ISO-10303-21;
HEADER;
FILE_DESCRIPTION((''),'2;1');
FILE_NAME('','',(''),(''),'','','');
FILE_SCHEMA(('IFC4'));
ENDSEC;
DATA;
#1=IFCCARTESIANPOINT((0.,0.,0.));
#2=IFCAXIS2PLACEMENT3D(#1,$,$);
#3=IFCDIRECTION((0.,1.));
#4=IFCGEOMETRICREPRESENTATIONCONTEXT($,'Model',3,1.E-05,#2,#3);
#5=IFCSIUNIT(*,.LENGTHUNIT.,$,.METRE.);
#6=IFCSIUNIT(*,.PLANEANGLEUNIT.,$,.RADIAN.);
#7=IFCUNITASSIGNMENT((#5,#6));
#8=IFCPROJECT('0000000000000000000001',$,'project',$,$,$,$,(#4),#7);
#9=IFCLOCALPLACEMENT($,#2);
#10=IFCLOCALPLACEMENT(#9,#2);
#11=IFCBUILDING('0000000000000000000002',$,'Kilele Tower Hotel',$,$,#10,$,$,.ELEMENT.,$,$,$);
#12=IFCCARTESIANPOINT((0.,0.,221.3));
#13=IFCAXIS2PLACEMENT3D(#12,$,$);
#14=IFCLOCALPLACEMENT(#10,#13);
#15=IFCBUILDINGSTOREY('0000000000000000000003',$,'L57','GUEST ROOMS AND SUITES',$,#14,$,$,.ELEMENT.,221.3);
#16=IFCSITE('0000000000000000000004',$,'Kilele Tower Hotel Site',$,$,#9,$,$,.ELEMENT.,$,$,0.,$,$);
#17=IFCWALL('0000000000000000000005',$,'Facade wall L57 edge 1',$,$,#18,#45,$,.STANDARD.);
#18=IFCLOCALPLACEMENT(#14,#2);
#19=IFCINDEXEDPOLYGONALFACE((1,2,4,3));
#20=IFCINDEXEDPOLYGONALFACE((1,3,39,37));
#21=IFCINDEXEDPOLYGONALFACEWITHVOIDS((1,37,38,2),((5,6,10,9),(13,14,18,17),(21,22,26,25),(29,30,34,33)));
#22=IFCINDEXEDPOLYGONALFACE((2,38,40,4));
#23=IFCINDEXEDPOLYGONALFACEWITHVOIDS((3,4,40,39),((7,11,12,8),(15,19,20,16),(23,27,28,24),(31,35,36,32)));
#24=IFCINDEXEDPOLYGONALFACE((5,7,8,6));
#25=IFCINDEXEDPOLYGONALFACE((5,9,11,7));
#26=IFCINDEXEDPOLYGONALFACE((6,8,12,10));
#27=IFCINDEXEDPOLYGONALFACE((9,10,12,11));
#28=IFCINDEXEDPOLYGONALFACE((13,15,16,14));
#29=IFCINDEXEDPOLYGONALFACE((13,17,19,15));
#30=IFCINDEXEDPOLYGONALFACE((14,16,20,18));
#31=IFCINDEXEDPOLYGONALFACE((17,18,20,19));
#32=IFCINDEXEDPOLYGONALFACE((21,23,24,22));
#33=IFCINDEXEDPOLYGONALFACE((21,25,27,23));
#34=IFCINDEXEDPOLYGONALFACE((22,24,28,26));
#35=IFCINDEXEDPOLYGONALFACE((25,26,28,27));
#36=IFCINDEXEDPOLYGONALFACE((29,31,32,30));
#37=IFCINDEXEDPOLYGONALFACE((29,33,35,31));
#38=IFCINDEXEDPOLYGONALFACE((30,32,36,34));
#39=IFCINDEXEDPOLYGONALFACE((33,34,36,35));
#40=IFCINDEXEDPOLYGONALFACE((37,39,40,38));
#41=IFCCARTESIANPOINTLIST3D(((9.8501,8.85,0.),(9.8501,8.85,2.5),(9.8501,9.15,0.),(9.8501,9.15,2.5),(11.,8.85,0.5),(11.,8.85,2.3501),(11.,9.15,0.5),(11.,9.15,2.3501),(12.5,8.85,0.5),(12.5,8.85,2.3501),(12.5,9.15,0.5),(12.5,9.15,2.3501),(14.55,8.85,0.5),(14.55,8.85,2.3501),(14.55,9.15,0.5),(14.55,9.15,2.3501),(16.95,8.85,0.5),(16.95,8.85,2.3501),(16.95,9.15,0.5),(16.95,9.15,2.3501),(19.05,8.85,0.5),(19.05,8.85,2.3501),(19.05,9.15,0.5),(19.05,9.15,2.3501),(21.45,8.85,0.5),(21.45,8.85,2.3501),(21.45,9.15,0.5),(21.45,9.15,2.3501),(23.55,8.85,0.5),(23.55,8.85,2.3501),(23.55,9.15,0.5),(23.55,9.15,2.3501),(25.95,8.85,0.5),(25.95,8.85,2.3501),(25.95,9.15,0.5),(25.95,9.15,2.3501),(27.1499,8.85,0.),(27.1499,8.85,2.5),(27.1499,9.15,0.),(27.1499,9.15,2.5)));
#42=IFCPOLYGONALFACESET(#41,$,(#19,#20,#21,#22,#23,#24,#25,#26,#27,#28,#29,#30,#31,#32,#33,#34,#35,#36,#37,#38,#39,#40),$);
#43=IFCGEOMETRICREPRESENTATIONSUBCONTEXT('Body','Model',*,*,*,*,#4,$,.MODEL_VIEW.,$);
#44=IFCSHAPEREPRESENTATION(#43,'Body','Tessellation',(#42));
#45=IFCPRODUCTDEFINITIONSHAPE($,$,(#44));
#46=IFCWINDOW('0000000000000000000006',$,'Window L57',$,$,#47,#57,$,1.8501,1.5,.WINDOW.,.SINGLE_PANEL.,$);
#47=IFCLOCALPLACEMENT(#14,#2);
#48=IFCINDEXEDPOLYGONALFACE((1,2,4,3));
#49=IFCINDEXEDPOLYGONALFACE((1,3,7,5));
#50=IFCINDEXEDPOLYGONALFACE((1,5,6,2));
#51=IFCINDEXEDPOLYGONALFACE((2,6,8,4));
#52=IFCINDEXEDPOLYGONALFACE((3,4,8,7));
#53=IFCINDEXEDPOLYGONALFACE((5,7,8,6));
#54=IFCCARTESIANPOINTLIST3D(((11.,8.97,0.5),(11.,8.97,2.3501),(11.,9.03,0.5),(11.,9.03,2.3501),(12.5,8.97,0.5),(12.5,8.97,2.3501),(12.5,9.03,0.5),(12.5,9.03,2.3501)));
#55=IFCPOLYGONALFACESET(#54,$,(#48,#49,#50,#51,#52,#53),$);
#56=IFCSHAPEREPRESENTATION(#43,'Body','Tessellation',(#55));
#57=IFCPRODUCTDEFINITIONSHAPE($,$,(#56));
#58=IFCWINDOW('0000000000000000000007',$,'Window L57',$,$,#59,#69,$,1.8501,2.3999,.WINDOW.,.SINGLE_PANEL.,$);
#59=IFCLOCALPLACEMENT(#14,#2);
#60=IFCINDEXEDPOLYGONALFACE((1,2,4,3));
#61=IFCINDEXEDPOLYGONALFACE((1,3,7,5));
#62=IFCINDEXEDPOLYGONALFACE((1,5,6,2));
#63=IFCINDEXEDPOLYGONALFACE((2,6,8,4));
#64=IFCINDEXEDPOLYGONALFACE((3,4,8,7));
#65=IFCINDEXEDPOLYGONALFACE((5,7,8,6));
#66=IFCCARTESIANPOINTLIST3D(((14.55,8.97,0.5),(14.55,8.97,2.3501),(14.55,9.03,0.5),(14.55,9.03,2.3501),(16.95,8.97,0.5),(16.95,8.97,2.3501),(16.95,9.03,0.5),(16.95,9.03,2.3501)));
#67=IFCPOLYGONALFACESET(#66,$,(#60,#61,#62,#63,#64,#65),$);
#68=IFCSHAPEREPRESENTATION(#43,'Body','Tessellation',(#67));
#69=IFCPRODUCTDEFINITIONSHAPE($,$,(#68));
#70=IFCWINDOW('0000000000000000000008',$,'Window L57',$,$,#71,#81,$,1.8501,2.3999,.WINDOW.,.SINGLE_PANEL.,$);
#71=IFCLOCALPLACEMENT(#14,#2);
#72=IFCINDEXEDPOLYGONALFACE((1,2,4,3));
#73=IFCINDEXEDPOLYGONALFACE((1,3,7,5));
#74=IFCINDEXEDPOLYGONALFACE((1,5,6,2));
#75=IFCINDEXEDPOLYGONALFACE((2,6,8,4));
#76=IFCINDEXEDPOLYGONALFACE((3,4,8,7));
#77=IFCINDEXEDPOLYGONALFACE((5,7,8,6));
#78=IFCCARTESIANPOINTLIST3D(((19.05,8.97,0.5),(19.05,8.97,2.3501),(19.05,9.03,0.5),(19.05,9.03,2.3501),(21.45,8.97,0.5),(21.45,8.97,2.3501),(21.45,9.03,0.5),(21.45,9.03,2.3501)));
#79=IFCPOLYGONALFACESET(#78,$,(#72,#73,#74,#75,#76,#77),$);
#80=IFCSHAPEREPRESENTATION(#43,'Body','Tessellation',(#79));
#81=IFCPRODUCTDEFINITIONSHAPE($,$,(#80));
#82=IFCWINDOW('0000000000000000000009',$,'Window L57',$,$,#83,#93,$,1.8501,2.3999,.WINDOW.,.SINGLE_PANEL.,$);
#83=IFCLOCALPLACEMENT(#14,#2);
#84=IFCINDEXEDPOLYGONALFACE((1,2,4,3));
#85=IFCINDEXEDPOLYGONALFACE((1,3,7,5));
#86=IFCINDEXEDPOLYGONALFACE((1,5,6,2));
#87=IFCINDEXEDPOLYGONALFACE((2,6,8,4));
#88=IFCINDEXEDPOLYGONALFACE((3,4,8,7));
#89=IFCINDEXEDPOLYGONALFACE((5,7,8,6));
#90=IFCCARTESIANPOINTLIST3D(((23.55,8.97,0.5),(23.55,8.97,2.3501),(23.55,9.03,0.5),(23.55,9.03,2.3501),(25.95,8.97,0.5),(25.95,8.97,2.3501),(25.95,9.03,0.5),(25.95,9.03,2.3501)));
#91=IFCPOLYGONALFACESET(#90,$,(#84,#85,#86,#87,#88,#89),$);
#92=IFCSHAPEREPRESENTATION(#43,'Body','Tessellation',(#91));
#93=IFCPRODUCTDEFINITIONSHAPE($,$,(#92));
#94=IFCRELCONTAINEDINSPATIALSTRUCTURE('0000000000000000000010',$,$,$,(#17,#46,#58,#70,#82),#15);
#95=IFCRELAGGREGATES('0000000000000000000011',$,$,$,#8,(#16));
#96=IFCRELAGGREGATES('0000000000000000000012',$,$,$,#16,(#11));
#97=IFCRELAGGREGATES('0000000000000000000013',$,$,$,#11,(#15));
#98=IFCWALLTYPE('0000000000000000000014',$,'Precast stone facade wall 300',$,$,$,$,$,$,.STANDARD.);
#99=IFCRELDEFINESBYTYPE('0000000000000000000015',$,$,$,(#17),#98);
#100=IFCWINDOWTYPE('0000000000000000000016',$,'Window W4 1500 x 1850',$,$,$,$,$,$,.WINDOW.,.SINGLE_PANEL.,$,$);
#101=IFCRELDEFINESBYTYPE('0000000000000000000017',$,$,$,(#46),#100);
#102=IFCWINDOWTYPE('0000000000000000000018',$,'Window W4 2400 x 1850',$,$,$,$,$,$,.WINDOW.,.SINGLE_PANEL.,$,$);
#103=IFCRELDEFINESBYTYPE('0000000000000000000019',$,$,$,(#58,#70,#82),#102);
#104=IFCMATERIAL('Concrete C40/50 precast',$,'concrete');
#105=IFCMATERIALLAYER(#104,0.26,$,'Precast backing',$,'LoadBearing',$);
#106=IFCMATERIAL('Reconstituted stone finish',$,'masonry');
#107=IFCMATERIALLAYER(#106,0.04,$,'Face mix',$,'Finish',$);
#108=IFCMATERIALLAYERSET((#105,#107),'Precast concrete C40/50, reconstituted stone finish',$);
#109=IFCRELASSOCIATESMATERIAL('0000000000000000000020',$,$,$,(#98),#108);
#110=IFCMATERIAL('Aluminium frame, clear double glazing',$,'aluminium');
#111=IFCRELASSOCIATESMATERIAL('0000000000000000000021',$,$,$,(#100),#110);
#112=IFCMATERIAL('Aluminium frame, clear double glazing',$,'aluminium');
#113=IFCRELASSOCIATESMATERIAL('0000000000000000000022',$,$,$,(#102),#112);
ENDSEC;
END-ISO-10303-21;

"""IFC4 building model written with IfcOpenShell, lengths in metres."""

from ifc_helpers import new_model, si_unit, direction, frame, frame_2d, origin, place, context, subcontext, project, spatial, rectangle, extrude, material, layer, layer_set, type_object, element, fill, save


model = new_model("IFC4")

# Units and contexts
model_context = context("Model", 3, precision=1e-05, world=origin(), true_north=direction((0.0, 1.0)))
body_context = subcontext(model_context, "Body", "Model", "MODEL_VIEW")
ifc_project = project(units=[si_unit("LENGTHUNIT", "METRE"), si_unit("PLANEANGLEUNIT", "RADIAN")], contexts=[model_context])

# Site, building, storey
site_placement = place(None, origin())
site = spatial("IfcSite", under=ifc_project, at=site_placement, Name="Kilele Tower Hotel Site", CompositionType="ELEMENT", RefElevation=0.0)
building_placement = place(site_placement, origin())
building = spatial("IfcBuilding", under=site, at=building_placement, Name="Kilele Tower Hotel", CompositionType="ELEMENT")
storey_placement = place(building_placement, frame((0.0, 0.0, 221.3)))
storey = spatial("IfcBuildingStorey", under=building, at=storey_placement, Name="L57", Description="GUEST ROOMS AND SUITES", CompositionType="ELEMENT", Elevation=221.3)

# Wall, openings, windows
ifc_material_1 = material(Name="Concrete C40/50 precast", Category="concrete")
ifc_layer_1 = layer(ifc_material_1, 0.26, Name="Precast backing", Category="LoadBearing")
ifc_material_2 = material(Name="Reconstituted stone finish", Category="masonry")
ifc_layer_2 = layer(ifc_material_2, 0.04, Name="Face mix", Category="Finish")
ifc_layer_set_1 = layer_set([ifc_layer_1, ifc_layer_2], Name="Precast concrete C40/50, reconstituted stone finish")
wall_type = type_object("IfcWallType", Name="Precast stone facade wall 300", PredefinedType="STANDARD", material=ifc_layer_set_1)
wall_placement = place(storey_placement, frame((9.8501, 9.0, 0.0), z_axis=(0.0, 0.0, 1.0), x_axis=(1.0, 0.0, 0.0)))
wall = element("IfcWall", 1, at=wall_placement, inside=storey, type_object=wall_type, Name="Facade wall L57 edge 1", PredefinedType="STANDARD", context=body_context, shape_type="SweptSolid", body=[
    extrude(rectangle(XDim=17.2998, YDim=0.3, at=frame_2d((8.6499, 0.0))), origin(), (0.0, 0.0, 1.0), 2.5),
])
opening_1_placement = place(wall_placement, frame((1.1499, 0.0, 0.5)))
opening_1 = element("IfcOpeningElement", 2, at=opening_1_placement, cuts=wall, PredefinedType="OPENING", context=body_context, shape_type="SweptSolid", body=[
    extrude(rectangle(XDim=1.5, YDim=1.8501, at=frame_2d((0.75, 0.925))), frame((0.0, 0.1599, 0.0), z_axis=(0.0, -1.0, 0.0), x_axis=(1.0, 0.0, 0.0)), (0.0, 0.0, 1.0), 0.3201),
])
opening_2_placement = place(wall_placement, frame((4.7, 0.0, 0.5)))
opening_2 = element("IfcOpeningElement", 3, at=opening_2_placement, cuts=wall, PredefinedType="OPENING", context=body_context, shape_type="SweptSolid", body=[
    extrude(rectangle(XDim=2.3999, YDim=1.8501, at=frame_2d((1.2, 0.925))), frame((0.0, 0.1599, 0.0), z_axis=(0.0, -1.0, 0.0), x_axis=(1.0, 0.0, 0.0)), (0.0, 0.0, 1.0), 0.3201),
])
opening_3_placement = place(wall_placement, frame((9.2, 0.0, 0.5)))
opening_3 = element("IfcOpeningElement", 4, at=opening_3_placement, cuts=wall, PredefinedType="OPENING", context=body_context, shape_type="SweptSolid", body=[
    extrude(rectangle(XDim=2.3999, YDim=1.8501, at=frame_2d((1.2, 0.925))), frame((0.0, 0.1599, 0.0), z_axis=(0.0, -1.0, 0.0), x_axis=(1.0, 0.0, 0.0)), (0.0, 0.0, 1.0), 0.3201),
])
opening_4_placement = place(wall_placement, frame((13.7, 0.0, 0.5)))
opening_4 = element("IfcOpeningElement", 5, at=opening_4_placement, cuts=wall, PredefinedType="OPENING", context=body_context, shape_type="SweptSolid", body=[
    extrude(rectangle(XDim=2.3999, YDim=1.8501, at=frame_2d((1.2, 0.925))), frame((0.0, 0.1599, 0.0), z_axis=(0.0, -1.0, 0.0), x_axis=(1.0, 0.0, 0.0)), (0.0, 0.0, 1.0), 0.3201),
])
ifc_material_3 = material(Name="Aluminium frame, clear double glazing", Category="aluminium")
window_type_1 = type_object("IfcWindowType", Name="Window W4 1500 x 1850", PartitioningType="SINGLE_PANEL", PredefinedType="WINDOW", material=ifc_material_3)
window_1_placement = place(opening_1_placement, origin())
window_1 = element("IfcWindow", 6, at=window_1_placement, inside=storey, type_object=window_type_1, Name="Window L57", OverallHeight=1.8501, OverallWidth=1.5, PartitioningType="SINGLE_PANEL", PredefinedType="WINDOW", context=body_context, shape_type="SweptSolid", body=[
    extrude(rectangle(XDim=1.5, YDim=1.8501, at=frame_2d((0.75, 0.925))), frame((0.0, 0.03, 0.0), z_axis=(0.0, -1.0, 0.0), x_axis=(1.0, 0.0, 0.0)), (0.0, 0.0, 1.0), 0.0601),
])
fill(opening_1, window_1)
ifc_material_4 = material(Name="Aluminium frame, clear double glazing", Category="aluminium")
window_type_2 = type_object("IfcWindowType", Name="Window W4 2400 x 1850", PartitioningType="SINGLE_PANEL", PredefinedType="WINDOW", material=ifc_material_4)
window_2_placement = place(opening_2_placement, origin())
window_2 = element("IfcWindow", 7, at=window_2_placement, inside=storey, type_object=window_type_2, Name="Window L57", OverallHeight=1.8501, OverallWidth=2.3999, PartitioningType="SINGLE_PANEL", PredefinedType="WINDOW", context=body_context, shape_type="SweptSolid", body=[
    extrude(rectangle(XDim=2.3999, YDim=1.8501, at=frame_2d((1.2, 0.925))), frame((0.0, 0.03, 0.0), z_axis=(0.0, -1.0, 0.0), x_axis=(1.0, 0.0, 0.0)), (0.0, 0.0, 1.0), 0.0601),
])
fill(opening_2, window_2)
window_3_placement = place(opening_3_placement, origin())
window_3 = element("IfcWindow", 8, at=window_3_placement, inside=storey, type_object=window_type_2, Name="Window L57", OverallHeight=1.8501, OverallWidth=2.3999, PartitioningType="SINGLE_PANEL", PredefinedType="WINDOW", context=body_context, shape_type="SweptSolid", body=[
    extrude(rectangle(XDim=2.3999, YDim=1.8501, at=frame_2d((1.2, 0.925))), frame((0.0, 0.03, 0.0), z_axis=(0.0, -1.0, 0.0), x_axis=(1.0, 0.0, 0.0)), (0.0, 0.0, 1.0), 0.0601),
])
fill(opening_3, window_3)
window_4_placement = place(opening_4_placement, origin())
window_4 = element("IfcWindow", 9, at=window_4_placement, inside=storey, type_object=window_type_2, Name="Window L57", OverallHeight=1.8501, OverallWidth=2.3999, PartitioningType="SINGLE_PANEL", PredefinedType="WINDOW", context=body_context, shape_type="SweptSolid", body=[
    extrude(rectangle(XDim=2.3999, YDim=1.8501, at=frame_2d((1.2, 0.925))), frame((0.0, 0.03, 0.0), z_axis=(0.0, -1.0, 0.0), x_axis=(1.0, 0.0, 0.0)), (0.0, 0.0, 1.0), 0.0601),
])
fill(opening_4, window_4)

save(model, "model.ifc")
